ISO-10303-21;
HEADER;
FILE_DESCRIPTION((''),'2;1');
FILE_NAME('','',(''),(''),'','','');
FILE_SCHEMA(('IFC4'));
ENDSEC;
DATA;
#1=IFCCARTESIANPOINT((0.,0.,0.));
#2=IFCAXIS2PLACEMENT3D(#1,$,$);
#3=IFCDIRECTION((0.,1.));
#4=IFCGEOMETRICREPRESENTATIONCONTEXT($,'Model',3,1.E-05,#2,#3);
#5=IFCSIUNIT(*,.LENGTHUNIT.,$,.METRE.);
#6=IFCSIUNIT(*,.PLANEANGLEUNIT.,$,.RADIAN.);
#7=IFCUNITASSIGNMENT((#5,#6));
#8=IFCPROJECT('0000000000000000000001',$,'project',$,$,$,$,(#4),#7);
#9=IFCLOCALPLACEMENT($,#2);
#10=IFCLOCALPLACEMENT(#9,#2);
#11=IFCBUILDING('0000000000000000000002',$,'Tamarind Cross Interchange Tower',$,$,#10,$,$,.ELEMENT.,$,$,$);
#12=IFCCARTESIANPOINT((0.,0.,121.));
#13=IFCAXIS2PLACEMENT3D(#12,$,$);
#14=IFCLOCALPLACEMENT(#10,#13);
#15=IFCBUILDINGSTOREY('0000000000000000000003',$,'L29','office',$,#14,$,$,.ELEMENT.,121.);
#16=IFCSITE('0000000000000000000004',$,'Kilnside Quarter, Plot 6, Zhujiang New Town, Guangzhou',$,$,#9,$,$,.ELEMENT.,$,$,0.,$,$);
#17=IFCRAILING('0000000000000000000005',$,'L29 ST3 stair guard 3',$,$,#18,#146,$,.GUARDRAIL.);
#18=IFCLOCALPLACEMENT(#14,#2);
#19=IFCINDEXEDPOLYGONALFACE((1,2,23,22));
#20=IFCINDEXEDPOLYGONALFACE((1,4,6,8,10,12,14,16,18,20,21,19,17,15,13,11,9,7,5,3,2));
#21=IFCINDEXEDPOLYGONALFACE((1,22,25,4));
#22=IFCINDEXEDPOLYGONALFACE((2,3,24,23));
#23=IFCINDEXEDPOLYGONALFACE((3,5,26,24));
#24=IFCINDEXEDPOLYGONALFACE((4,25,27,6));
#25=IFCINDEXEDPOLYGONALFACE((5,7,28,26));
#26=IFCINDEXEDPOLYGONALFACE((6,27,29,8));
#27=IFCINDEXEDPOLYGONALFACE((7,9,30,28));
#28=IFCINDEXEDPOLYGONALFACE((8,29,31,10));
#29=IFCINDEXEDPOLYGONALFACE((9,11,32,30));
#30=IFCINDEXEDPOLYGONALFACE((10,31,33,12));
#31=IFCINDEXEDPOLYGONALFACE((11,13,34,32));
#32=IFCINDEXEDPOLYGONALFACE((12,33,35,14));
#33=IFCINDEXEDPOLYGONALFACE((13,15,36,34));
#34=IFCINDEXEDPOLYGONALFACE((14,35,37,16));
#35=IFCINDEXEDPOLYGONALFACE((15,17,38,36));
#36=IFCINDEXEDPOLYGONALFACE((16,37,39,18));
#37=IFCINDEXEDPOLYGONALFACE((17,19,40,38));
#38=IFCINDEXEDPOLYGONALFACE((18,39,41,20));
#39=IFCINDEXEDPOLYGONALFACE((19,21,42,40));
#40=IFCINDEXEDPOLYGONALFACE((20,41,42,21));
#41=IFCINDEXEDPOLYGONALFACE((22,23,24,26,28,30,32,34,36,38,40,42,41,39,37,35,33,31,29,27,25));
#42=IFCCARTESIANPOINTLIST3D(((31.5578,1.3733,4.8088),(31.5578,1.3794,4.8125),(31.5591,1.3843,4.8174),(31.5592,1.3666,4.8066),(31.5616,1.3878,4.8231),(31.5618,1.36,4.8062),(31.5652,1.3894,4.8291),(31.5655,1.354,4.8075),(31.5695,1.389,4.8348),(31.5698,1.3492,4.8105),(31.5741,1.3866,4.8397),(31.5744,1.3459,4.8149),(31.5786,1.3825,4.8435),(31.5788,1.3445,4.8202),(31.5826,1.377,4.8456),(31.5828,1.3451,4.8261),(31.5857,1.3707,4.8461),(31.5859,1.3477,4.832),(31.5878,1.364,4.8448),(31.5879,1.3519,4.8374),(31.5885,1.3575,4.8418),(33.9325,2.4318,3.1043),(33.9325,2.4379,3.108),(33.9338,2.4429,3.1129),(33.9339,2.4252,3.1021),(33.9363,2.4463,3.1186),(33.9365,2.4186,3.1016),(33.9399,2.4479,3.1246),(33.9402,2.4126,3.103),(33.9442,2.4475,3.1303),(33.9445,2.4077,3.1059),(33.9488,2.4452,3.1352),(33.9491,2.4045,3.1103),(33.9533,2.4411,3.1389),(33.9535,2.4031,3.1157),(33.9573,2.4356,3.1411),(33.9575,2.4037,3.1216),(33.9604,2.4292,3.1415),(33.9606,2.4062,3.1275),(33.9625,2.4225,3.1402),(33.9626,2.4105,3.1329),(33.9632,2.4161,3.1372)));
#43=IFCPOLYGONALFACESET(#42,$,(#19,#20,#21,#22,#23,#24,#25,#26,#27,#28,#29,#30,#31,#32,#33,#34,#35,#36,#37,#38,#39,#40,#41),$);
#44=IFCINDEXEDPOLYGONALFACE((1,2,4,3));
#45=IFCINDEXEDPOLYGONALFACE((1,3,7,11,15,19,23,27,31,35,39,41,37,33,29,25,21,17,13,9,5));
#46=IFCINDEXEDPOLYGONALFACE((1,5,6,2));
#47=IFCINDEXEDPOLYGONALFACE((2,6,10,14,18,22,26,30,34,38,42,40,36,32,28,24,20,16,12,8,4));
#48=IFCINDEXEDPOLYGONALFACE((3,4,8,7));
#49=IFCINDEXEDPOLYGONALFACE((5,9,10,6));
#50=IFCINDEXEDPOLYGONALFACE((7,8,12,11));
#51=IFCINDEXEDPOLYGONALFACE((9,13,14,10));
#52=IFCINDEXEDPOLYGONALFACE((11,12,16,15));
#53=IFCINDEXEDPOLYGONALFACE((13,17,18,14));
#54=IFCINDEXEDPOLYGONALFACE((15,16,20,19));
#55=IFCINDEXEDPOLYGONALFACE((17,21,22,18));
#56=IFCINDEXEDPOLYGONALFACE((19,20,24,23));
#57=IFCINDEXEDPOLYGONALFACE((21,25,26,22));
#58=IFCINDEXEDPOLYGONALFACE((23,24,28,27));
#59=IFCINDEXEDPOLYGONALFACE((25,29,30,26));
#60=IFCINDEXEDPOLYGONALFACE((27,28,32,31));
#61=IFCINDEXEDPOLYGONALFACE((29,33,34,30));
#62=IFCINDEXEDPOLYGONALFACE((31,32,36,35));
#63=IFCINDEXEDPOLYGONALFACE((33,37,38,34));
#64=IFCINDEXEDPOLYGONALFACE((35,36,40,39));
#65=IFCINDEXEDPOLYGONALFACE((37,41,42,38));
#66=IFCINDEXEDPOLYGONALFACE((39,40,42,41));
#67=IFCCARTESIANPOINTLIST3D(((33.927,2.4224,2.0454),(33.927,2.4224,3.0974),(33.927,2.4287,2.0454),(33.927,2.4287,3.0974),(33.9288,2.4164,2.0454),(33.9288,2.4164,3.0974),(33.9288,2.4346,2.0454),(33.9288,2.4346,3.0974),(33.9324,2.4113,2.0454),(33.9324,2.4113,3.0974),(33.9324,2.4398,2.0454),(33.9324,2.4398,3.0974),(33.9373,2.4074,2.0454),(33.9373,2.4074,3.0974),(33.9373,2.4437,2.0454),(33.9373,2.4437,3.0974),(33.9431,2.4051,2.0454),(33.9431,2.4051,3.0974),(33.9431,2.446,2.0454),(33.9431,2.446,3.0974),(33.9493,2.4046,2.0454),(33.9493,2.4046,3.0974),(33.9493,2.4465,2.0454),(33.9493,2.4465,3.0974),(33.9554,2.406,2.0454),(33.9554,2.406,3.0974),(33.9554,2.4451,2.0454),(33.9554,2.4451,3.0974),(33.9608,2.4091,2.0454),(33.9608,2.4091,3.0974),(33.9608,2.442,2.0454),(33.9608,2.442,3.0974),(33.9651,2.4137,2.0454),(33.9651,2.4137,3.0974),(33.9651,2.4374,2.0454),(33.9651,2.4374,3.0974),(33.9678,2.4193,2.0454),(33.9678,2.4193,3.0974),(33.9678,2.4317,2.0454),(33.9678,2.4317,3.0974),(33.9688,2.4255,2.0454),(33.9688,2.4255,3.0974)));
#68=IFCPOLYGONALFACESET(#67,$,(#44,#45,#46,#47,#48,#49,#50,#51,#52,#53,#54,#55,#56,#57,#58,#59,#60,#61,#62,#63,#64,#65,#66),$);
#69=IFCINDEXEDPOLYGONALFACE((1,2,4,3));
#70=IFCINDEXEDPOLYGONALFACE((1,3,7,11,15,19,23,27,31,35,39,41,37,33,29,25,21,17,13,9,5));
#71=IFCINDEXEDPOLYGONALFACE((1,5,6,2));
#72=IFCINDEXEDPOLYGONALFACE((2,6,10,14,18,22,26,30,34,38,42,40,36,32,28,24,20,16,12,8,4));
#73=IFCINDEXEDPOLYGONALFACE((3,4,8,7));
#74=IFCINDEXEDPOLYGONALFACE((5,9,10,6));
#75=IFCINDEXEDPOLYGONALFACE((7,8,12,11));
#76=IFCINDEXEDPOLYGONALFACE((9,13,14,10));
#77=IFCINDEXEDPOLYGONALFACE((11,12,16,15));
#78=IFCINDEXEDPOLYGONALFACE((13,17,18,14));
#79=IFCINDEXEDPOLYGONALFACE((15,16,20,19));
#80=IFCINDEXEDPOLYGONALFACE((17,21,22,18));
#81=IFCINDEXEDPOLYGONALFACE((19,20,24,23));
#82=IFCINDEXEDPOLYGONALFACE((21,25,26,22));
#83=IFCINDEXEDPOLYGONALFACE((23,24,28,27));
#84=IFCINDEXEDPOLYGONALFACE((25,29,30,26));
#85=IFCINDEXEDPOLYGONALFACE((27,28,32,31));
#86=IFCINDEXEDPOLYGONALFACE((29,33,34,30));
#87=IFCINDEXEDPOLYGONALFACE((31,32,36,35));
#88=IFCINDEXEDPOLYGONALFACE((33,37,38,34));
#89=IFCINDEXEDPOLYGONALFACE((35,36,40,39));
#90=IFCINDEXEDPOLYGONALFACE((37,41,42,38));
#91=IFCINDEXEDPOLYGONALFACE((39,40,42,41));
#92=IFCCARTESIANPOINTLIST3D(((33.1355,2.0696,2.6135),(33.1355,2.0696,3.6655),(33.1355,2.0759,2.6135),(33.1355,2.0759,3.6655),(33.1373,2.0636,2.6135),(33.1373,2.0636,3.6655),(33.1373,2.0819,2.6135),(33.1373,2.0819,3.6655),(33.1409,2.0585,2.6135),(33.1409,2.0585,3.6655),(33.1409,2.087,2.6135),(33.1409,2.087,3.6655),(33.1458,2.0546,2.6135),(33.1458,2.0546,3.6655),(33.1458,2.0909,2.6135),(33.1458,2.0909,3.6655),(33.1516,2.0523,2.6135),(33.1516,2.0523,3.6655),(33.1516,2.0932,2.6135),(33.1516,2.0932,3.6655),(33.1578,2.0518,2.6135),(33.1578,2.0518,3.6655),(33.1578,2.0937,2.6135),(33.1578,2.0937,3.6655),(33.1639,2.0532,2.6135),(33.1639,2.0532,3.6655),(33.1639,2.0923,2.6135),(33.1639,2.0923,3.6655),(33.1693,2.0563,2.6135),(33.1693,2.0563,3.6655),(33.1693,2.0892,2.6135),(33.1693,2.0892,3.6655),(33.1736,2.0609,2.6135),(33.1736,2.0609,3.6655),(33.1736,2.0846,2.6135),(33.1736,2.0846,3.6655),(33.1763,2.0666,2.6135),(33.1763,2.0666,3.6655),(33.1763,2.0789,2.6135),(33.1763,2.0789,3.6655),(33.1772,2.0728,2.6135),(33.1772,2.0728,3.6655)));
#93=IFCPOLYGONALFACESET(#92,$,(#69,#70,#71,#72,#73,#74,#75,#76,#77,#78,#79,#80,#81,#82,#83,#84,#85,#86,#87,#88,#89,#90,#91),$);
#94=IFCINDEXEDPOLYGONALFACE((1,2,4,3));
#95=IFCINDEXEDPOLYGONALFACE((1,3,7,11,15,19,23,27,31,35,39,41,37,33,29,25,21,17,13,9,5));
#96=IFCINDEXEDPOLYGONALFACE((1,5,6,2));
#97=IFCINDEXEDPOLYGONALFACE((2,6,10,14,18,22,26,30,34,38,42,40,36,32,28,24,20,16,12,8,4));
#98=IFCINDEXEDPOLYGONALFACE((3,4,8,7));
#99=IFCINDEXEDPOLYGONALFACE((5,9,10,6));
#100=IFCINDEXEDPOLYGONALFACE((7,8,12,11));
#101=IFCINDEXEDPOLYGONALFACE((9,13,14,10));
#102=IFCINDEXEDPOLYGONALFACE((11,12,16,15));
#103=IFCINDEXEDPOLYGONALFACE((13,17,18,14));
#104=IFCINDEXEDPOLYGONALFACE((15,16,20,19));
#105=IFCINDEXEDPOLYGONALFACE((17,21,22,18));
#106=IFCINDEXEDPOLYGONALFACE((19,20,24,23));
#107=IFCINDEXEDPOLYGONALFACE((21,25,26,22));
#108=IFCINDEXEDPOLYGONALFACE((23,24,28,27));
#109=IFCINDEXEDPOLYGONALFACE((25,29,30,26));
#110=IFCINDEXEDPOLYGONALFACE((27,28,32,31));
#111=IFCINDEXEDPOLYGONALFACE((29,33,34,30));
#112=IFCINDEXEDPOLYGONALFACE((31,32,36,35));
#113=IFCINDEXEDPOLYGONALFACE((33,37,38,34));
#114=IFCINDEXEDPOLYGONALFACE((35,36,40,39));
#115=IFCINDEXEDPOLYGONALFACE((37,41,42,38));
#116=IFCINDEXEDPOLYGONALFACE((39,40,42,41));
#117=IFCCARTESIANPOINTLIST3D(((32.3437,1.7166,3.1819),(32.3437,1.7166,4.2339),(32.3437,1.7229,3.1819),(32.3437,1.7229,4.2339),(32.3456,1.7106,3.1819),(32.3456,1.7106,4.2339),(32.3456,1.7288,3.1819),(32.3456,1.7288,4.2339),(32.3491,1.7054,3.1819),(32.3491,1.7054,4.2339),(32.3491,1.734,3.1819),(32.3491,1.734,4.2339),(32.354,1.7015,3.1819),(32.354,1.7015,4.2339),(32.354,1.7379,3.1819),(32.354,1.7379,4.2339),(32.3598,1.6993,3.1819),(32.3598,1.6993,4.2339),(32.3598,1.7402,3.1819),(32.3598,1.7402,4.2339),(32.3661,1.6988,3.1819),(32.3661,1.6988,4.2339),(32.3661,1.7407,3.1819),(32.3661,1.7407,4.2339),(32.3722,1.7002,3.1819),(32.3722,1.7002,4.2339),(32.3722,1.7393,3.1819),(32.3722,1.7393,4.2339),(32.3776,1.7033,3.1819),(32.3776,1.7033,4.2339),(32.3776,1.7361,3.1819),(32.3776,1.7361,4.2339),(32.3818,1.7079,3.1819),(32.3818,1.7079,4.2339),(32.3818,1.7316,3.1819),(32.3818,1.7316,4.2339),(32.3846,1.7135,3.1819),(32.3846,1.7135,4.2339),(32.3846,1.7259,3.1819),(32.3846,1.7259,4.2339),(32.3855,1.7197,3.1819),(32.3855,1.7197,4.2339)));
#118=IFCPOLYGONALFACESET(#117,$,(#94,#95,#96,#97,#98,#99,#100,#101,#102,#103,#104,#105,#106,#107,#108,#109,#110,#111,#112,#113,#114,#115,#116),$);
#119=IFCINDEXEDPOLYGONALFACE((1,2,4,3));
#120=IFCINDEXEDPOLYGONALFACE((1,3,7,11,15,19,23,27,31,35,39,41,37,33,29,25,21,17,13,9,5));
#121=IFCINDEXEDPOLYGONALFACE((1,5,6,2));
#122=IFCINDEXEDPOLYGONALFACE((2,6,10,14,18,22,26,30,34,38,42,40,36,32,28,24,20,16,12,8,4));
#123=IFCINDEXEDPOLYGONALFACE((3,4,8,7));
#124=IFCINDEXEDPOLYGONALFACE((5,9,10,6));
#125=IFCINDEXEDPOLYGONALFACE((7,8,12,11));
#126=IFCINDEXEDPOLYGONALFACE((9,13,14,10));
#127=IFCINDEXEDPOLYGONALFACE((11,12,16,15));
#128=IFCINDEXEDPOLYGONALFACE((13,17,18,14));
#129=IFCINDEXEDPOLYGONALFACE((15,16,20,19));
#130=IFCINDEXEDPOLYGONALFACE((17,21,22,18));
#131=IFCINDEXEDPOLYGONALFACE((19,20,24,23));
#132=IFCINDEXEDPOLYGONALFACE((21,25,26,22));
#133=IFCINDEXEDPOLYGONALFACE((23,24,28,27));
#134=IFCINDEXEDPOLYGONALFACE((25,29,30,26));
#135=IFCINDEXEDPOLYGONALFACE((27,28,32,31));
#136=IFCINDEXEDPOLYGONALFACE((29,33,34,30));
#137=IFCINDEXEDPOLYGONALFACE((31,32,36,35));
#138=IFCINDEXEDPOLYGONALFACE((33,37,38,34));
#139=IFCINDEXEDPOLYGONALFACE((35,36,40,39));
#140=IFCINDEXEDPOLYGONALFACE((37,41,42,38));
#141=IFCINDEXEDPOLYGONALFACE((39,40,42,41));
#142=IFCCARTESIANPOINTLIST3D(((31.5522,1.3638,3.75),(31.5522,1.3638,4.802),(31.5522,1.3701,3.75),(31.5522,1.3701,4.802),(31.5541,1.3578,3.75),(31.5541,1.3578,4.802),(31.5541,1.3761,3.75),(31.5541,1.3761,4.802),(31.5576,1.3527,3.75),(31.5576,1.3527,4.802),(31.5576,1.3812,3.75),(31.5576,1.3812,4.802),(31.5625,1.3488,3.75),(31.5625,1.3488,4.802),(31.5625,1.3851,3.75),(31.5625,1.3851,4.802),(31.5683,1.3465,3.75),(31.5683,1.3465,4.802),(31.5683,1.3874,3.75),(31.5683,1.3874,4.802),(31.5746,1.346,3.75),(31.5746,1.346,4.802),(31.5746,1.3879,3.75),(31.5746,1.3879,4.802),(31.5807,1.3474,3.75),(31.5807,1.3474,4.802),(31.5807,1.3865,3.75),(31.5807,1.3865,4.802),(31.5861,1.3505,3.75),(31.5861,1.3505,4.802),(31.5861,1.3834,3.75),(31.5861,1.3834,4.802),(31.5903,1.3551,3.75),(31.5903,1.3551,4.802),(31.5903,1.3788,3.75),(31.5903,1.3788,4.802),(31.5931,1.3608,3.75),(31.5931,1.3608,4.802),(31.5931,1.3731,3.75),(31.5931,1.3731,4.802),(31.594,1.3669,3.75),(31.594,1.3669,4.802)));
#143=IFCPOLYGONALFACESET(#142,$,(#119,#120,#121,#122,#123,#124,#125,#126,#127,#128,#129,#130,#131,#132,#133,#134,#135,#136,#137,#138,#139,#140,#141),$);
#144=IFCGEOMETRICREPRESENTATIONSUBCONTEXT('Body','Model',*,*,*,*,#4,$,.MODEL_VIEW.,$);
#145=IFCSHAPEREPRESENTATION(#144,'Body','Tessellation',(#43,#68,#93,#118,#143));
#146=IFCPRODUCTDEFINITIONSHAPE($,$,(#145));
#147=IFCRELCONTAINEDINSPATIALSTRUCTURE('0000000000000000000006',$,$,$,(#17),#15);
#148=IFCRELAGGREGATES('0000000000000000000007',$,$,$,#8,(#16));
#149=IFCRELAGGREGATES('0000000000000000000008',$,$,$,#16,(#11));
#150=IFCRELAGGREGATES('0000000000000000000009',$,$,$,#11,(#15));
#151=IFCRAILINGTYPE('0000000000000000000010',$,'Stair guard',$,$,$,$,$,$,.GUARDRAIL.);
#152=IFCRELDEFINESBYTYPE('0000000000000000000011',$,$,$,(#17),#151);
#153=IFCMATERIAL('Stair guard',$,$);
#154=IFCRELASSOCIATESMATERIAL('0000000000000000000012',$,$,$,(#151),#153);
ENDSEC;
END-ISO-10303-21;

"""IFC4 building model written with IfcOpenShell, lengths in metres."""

from ifc_helpers import new_model, si_unit, direction, frame, origin, origin_2d, place, context, subcontext, project, spatial, circle, extrude, material, type_object, element, save


model = new_model("IFC4")

# Units and contexts
model_context = context("Model", 3, precision=1e-05, world=origin(), true_north=direction((0.0, 1.0)))
body_context = subcontext(model_context, "Body", "Model", "MODEL_VIEW")
ifc_project = project(units=[si_unit("LENGTHUNIT", "METRE"), si_unit("PLANEANGLEUNIT", "RADIAN")], contexts=[model_context])

# Site, building, storey
site_placement = place(None, origin())
site = spatial("IfcSite", under=ifc_project, at=site_placement, Name="Kilnside Quarter, Plot 6, Zhujiang New Town, Guangzhou", CompositionType="ELEMENT", RefElevation=0.0)
building_placement = place(site_placement, origin())
building = spatial("IfcBuilding", under=site, at=building_placement, Name="Tamarind Cross Interchange Tower", CompositionType="ELEMENT")
storey_placement = place(building_placement, frame((0.0, 0.0, 121.0)))
storey = spatial("IfcBuildingStorey", under=building, at=storey_placement, Name="L29", Description="office", CompositionType="ELEMENT", Elevation=121.0)

# Railing
ifc_material_1 = material(Name="Stair guard")
railing_type_1 = type_object("IfcRailingType", Name="Stair guard", PredefinedType="GUARDRAIL", material=ifc_material_1)
railing_1_placement = place(storey_placement, frame((33.9478, 2.4255, 2.0454)))
element("IfcRailing", 1, at=railing_1_placement, inside=storey, type_object=railing_type_1, Name="L29 ST3 stair guard 3", PredefinedType="GUARDRAIL", context=body_context, shape_type="SweptSolid", body=[
    extrude(circle(Radius=0.0239, at=origin_2d()), frame((0.0, 0.0, 1.0762), z_axis=(-0.763839, -0.340496, 0.548281), x_axis=(0.407149, -0.913362, 0.0)), (0.0, 0.0, 1.0), 3.1089),
    extrude(circle(Radius=0.021, at=origin_2d()), origin(), (0.0, 0.0, 1.0), 1.052),
    extrude(circle(Radius=0.021, at=origin_2d()), frame((-0.7915, -0.3528, 0.5681)), (0.0, 0.0, 1.0), 1.052),
    extrude(circle(Radius=0.021, at=origin_2d()), frame((-1.5833, -0.7058, 1.1365)), (0.0, 0.0, 1.0), 1.052),
    extrude(circle(Radius=0.021, at=origin_2d()), frame((-2.3748, -1.0586, 1.7046)), (0.0, 0.0, 1.0), 1.052),
])

save(model, "model.ifc")
